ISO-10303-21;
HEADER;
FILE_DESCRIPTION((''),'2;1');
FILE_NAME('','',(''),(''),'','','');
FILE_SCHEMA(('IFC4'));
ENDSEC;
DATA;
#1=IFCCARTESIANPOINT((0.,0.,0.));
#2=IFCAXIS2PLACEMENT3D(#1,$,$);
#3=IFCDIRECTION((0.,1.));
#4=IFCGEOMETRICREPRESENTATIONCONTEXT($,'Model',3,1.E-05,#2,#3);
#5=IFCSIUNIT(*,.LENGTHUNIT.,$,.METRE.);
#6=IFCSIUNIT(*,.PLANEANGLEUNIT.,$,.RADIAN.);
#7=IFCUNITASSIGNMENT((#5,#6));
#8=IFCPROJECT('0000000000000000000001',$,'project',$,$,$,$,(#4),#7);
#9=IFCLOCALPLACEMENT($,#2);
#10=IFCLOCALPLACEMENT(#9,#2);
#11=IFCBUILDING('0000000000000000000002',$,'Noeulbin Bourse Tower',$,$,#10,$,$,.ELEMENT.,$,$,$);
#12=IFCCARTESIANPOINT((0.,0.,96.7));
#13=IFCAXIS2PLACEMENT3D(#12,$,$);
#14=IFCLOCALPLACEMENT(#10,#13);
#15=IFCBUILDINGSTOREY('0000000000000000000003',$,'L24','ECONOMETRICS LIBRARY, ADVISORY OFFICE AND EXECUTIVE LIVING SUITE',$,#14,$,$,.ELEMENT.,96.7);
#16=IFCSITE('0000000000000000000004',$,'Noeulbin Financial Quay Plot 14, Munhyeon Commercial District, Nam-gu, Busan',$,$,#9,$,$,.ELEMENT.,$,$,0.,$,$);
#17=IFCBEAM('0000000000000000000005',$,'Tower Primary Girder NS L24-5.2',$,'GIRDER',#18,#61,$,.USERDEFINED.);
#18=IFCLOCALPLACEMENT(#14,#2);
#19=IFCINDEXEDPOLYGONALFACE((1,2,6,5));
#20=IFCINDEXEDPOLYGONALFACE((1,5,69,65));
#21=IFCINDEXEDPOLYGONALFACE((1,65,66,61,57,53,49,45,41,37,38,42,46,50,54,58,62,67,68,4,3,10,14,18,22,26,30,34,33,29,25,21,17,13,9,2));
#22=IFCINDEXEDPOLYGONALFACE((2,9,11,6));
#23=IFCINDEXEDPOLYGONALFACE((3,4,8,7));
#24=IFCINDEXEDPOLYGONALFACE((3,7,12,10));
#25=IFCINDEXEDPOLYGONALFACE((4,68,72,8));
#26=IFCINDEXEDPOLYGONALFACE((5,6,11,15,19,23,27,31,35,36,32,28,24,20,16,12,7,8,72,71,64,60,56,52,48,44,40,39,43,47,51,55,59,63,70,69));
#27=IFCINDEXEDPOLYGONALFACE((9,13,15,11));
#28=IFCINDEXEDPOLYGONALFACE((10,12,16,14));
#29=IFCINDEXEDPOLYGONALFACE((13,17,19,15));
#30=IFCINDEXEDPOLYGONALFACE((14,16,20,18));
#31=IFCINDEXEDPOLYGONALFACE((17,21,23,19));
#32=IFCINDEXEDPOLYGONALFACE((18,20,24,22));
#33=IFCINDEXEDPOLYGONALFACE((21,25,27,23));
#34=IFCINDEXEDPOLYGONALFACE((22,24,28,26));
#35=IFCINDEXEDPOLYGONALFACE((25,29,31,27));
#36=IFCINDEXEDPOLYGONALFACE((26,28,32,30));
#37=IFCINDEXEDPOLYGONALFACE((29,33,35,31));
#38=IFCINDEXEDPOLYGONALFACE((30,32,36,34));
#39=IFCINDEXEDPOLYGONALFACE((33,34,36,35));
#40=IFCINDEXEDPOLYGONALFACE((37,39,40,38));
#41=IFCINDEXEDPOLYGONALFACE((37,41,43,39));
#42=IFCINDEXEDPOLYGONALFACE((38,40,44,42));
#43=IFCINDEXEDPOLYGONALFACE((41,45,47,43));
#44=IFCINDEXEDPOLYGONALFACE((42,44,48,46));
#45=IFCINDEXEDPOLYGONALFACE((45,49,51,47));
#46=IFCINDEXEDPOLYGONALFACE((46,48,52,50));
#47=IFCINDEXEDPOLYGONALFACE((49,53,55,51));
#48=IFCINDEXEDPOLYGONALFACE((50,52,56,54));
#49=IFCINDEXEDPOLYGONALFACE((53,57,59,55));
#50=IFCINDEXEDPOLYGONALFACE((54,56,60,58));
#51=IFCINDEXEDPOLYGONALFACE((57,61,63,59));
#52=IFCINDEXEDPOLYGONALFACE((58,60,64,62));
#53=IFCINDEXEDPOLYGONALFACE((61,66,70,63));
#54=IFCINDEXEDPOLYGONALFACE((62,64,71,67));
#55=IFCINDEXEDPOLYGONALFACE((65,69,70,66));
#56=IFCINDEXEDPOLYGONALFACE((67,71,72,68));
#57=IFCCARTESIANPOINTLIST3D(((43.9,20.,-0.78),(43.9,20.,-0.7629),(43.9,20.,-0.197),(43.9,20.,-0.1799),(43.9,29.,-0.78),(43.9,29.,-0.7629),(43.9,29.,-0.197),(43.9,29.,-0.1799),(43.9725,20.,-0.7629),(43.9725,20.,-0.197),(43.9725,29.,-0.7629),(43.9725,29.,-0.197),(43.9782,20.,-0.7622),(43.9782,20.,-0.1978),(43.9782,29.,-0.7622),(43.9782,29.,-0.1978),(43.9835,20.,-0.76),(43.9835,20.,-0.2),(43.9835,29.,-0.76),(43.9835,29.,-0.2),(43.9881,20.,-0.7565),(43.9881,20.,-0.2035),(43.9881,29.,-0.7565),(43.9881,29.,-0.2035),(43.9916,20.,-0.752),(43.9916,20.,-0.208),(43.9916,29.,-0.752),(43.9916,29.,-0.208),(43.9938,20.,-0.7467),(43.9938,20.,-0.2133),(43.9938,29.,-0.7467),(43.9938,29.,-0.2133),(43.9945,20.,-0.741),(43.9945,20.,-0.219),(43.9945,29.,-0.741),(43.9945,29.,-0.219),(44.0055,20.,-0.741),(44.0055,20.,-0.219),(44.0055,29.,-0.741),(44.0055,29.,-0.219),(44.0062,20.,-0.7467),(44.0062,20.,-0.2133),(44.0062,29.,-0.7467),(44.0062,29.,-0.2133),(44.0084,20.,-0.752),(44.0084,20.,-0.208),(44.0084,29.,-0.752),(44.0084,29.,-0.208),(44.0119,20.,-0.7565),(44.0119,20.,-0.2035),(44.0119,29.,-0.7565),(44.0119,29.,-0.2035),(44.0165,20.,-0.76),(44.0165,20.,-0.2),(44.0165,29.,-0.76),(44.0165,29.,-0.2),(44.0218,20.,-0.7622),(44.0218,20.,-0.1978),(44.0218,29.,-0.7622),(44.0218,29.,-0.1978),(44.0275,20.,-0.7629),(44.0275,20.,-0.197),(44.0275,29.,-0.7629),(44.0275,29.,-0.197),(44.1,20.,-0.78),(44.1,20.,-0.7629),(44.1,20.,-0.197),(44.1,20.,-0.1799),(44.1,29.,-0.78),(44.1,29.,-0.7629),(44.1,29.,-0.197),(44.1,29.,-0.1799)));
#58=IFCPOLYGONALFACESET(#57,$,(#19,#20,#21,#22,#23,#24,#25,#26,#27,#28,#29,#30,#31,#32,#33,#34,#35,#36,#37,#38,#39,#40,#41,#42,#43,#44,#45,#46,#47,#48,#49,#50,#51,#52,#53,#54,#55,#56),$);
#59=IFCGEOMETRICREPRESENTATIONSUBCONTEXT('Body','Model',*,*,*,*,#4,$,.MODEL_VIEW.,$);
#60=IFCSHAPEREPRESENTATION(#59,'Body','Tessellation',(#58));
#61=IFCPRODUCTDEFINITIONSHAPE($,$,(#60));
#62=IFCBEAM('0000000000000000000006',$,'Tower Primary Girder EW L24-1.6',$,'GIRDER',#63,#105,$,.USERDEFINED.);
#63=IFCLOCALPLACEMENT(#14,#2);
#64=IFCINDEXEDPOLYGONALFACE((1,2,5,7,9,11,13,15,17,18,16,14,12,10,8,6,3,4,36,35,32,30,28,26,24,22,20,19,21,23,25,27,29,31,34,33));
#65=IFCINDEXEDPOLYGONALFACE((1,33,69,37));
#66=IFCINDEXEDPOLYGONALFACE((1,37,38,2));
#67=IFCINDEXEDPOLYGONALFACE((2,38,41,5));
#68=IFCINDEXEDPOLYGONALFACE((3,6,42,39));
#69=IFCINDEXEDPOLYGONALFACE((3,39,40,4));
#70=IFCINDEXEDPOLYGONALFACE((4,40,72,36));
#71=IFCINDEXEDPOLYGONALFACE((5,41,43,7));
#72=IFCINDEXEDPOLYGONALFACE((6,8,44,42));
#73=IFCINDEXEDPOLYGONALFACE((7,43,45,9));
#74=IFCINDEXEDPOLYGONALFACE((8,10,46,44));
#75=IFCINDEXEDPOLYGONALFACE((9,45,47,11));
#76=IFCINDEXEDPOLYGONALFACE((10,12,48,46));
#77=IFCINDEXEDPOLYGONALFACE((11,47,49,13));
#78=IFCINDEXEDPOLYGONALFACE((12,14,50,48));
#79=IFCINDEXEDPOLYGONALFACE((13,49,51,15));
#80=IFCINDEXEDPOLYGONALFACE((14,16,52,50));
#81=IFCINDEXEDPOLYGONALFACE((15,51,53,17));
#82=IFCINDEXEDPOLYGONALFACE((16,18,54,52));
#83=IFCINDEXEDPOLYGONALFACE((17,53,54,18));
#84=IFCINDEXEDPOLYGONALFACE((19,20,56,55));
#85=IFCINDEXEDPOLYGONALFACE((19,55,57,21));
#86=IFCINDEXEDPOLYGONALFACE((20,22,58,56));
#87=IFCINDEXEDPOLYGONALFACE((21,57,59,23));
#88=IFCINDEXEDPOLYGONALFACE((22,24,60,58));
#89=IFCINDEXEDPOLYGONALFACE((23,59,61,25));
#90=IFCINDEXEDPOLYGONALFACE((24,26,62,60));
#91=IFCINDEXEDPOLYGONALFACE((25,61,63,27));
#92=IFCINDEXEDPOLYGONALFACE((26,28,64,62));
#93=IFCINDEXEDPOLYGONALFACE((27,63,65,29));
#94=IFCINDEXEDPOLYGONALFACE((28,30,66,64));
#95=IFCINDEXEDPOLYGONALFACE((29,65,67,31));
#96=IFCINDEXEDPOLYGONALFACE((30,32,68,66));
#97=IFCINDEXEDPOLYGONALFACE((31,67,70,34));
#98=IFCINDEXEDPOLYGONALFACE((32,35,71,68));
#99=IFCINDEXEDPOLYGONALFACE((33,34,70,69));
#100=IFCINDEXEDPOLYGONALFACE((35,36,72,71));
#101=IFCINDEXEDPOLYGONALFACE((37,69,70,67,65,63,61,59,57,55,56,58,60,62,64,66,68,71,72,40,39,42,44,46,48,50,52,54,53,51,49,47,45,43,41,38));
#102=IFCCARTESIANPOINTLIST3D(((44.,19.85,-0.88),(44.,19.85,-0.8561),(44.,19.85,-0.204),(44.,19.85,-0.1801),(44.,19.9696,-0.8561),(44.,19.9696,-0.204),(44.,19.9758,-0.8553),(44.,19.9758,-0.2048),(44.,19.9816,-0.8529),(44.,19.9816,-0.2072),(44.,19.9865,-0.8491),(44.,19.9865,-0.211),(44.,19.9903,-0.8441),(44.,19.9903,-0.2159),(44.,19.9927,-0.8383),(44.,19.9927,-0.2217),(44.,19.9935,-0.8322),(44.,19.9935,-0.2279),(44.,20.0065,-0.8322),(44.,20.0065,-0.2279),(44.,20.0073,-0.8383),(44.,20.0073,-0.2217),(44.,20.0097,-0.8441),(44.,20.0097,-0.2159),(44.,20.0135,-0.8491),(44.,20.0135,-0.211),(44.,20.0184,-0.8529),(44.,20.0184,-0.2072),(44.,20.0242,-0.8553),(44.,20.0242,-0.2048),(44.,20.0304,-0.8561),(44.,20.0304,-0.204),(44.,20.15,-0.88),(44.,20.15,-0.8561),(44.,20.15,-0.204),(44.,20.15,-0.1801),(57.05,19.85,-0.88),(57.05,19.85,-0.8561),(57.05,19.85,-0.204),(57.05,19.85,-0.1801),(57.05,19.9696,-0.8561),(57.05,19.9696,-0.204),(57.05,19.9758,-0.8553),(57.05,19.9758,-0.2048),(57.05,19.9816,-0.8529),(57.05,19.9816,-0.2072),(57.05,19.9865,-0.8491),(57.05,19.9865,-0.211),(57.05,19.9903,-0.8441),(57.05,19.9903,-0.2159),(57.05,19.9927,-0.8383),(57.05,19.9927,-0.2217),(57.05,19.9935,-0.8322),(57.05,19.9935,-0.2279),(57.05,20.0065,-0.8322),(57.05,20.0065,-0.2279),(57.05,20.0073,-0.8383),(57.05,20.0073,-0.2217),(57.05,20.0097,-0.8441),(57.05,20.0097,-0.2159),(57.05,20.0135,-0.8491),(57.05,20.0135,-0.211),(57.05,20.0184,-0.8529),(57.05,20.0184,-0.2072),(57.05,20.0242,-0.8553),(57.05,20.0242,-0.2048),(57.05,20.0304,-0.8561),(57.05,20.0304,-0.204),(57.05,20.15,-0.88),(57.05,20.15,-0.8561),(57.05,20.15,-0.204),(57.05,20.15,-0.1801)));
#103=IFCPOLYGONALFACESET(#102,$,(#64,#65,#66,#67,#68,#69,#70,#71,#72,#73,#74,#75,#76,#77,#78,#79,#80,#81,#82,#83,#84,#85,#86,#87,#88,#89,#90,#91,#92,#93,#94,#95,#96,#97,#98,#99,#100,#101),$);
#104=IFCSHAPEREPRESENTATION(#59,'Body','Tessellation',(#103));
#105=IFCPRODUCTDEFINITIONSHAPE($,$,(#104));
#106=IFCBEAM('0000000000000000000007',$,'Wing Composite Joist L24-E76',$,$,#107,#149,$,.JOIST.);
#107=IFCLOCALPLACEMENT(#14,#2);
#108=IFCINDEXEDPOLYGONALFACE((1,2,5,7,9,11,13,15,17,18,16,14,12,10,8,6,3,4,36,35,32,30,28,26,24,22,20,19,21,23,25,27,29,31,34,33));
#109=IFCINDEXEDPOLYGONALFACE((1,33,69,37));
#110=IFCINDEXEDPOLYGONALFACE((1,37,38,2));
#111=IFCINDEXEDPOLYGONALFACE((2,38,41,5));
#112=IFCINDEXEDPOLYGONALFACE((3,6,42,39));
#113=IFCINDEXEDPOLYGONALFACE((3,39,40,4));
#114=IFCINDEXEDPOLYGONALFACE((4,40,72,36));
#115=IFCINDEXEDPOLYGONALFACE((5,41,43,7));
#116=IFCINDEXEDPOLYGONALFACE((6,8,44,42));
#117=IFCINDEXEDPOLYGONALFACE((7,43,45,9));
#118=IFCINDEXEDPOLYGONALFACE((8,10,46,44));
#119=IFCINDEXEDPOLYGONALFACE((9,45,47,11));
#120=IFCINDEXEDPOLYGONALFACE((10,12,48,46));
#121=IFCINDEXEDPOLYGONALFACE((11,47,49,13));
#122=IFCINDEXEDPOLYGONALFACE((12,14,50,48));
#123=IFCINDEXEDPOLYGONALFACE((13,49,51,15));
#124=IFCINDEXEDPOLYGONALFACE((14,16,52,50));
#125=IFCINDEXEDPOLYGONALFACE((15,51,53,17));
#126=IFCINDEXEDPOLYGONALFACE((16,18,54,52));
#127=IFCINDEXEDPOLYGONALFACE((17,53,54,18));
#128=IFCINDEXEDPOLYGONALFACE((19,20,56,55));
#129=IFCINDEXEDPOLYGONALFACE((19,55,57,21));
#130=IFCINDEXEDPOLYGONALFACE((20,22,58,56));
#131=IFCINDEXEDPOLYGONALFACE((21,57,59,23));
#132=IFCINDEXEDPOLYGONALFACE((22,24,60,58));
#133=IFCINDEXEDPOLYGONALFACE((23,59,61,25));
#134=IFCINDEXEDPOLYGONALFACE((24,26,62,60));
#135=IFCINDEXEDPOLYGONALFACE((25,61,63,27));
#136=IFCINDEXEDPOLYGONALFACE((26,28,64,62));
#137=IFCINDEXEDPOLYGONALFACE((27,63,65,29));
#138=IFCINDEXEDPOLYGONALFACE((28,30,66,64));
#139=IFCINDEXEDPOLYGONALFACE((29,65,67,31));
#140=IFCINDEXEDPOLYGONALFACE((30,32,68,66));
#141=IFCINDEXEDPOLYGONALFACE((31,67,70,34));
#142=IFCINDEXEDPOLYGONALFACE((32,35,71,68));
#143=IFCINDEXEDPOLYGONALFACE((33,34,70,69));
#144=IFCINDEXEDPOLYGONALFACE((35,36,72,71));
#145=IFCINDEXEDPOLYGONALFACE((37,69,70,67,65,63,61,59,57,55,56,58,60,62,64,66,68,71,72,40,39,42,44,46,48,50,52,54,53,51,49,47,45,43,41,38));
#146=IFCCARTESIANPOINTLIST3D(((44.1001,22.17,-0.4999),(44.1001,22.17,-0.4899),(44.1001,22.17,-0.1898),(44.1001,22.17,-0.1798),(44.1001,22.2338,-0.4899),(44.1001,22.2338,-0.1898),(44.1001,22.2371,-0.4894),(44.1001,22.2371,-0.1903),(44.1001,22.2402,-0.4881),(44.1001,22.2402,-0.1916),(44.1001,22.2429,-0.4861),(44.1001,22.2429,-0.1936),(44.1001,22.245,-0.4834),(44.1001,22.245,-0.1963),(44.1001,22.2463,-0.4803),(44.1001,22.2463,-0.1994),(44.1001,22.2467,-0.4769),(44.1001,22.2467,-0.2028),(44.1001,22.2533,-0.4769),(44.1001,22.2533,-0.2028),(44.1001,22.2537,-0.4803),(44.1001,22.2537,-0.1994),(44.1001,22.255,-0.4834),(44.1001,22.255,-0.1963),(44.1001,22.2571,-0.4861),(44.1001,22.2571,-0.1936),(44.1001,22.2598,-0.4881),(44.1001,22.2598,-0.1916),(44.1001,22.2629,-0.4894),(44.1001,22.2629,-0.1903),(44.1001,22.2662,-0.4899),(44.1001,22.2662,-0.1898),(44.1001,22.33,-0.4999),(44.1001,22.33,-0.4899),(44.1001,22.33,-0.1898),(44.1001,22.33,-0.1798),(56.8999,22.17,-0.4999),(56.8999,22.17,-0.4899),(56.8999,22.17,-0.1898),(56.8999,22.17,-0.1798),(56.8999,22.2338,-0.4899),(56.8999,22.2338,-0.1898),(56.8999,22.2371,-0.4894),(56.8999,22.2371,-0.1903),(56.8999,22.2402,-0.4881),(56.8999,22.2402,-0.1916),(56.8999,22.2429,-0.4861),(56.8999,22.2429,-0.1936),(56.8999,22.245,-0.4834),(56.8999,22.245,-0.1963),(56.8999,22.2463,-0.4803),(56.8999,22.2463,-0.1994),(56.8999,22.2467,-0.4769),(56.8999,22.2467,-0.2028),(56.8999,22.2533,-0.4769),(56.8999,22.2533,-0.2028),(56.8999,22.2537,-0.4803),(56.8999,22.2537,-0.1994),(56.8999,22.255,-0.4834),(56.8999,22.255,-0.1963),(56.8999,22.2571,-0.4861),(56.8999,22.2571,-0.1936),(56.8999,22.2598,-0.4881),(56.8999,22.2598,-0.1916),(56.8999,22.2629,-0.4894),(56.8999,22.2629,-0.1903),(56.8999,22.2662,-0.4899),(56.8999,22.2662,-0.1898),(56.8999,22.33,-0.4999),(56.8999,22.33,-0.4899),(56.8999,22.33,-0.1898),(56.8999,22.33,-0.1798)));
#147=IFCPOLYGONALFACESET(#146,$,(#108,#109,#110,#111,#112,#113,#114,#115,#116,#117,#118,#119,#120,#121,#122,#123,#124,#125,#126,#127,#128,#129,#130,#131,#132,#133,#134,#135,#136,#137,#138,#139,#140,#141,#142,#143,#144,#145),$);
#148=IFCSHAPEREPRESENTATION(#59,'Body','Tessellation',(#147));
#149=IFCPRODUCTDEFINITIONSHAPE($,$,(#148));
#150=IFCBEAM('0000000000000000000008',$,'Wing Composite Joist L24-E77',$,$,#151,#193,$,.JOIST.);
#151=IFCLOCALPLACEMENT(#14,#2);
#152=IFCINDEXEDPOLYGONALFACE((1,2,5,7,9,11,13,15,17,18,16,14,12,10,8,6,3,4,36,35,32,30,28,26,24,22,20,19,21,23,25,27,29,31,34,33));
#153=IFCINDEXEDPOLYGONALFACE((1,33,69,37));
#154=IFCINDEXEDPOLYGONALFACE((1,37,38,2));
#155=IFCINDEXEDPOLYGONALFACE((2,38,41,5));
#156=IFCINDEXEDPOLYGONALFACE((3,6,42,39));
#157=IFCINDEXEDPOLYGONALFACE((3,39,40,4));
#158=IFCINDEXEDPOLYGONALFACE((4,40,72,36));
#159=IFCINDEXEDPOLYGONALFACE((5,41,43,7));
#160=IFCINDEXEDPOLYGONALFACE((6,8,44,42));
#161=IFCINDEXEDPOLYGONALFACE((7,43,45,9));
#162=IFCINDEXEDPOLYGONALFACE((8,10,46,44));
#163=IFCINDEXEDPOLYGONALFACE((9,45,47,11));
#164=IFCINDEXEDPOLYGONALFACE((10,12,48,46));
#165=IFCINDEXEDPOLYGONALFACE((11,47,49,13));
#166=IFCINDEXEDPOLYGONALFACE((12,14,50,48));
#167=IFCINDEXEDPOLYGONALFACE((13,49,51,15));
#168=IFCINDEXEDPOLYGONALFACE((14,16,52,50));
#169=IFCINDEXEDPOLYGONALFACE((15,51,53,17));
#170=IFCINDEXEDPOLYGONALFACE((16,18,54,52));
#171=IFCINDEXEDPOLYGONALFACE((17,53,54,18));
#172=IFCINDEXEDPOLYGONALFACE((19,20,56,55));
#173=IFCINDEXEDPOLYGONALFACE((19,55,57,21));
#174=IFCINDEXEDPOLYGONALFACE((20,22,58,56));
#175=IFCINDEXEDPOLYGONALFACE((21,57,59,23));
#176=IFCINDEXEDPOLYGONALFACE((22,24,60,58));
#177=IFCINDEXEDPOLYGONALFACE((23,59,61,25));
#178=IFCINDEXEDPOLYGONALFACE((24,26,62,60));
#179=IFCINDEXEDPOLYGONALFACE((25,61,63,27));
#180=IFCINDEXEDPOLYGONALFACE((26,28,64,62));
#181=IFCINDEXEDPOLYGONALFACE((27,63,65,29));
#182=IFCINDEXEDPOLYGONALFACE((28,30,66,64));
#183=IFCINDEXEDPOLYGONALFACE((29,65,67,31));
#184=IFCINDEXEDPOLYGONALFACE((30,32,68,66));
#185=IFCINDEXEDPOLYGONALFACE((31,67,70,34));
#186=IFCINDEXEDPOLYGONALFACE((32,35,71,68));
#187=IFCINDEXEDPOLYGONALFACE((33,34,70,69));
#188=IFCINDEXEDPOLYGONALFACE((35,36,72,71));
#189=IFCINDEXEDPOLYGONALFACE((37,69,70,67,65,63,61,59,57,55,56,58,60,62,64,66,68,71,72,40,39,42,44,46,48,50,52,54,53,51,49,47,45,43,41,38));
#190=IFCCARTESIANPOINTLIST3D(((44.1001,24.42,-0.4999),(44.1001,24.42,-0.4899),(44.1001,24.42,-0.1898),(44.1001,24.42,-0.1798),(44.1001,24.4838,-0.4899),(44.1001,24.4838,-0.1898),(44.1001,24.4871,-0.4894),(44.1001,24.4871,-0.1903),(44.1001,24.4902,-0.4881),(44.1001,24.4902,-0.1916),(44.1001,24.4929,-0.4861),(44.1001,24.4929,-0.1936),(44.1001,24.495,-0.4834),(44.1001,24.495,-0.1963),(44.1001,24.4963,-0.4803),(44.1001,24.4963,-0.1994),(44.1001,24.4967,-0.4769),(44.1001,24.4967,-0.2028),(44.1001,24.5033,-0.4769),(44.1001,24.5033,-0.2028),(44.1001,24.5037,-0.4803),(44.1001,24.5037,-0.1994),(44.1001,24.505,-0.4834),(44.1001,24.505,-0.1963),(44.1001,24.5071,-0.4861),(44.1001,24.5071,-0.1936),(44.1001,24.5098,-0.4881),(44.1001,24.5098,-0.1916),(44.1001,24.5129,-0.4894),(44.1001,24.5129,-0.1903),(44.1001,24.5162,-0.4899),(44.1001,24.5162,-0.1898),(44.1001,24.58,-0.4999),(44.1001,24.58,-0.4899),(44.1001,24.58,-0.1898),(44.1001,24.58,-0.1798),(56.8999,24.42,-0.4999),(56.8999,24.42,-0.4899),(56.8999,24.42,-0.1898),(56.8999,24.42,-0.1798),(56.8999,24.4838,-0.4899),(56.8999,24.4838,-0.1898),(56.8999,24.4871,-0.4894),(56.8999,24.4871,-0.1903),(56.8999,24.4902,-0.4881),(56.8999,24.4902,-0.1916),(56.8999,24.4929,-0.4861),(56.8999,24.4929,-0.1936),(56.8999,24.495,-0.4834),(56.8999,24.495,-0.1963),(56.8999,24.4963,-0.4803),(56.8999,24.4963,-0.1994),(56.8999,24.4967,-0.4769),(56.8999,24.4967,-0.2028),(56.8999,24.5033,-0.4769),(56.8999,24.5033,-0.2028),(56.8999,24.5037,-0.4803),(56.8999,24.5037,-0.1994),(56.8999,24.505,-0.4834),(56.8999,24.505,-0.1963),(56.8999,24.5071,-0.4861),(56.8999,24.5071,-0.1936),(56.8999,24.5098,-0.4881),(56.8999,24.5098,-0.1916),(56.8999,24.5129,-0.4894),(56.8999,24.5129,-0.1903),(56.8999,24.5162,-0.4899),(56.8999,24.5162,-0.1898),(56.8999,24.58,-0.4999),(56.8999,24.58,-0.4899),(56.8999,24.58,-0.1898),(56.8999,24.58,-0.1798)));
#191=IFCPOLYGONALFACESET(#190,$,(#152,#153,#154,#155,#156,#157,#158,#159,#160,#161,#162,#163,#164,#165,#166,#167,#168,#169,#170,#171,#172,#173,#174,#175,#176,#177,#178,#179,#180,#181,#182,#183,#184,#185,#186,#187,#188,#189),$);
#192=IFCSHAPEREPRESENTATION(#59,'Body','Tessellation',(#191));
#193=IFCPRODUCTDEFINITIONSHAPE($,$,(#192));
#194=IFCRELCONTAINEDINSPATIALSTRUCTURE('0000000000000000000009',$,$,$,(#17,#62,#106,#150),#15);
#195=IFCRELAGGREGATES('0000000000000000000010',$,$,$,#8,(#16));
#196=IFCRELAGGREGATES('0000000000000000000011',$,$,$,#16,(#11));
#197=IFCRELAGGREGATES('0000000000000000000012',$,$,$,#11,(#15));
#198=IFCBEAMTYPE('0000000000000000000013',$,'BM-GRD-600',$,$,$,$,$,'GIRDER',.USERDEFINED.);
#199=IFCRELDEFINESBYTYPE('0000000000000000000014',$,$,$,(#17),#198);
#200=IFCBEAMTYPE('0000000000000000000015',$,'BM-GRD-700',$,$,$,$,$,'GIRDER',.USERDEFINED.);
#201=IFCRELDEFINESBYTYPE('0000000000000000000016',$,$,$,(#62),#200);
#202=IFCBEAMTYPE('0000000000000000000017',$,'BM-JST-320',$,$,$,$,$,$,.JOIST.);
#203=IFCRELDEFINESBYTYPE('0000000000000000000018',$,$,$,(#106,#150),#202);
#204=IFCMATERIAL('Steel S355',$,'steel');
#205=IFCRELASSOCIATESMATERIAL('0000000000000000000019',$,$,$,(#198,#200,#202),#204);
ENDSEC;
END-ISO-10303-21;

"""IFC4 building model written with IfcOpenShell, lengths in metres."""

from ifc_helpers import new_model, si_unit, direction, frame, origin, origin_2d, place, context, subcontext, project, spatial, i_section, extrude, material, material_profile, profile_set, type_object, element, save


model = new_model("IFC4")

# Units and contexts
model_context = context("Model", 3, precision=1e-05, world=origin(), true_north=direction((0.0, 1.0)))
body_context = subcontext(model_context, "Body", "Model", "MODEL_VIEW")
ifc_project = project(units=[si_unit("LENGTHUNIT", "METRE"), si_unit("PLANEANGLEUNIT", "RADIAN")], contexts=[model_context])

# Site, building, storey
site_placement = place(None, origin())
site = spatial("IfcSite", under=ifc_project, at=site_placement, Name="Noeulbin Financial Quay Plot 14, Munhyeon Commercial District, Nam-gu, Busan", CompositionType="ELEMENT", RefElevation=0.0)
building_placement = place(site_placement, origin())
building = spatial("IfcBuilding", under=site, at=building_placement, Name="Noeulbin Bourse Tower", CompositionType="ELEMENT")
storey_placement = place(building_placement, frame((0.0, 0.0, 96.7)))
storey = spatial("IfcBuildingStorey", under=building, at=storey_placement, Name="L24", Description="ECONOMETRICS LIBRARY, ADVISORY OFFICE AND EXECUTIVE LIVING SUITE", CompositionType="ELEMENT", Elevation=96.7)

# Beams
ifc_material_1 = material(Name="Steel S355", Category="steel")
ifc_material_profile_1 = material_profile(ifc_material_1, i_section(OverallWidth=0.2, OverallDepth=0.6001, WebThickness=0.011, FlangeThickness=0.0171, FilletRadius=0.022, at=origin_2d()), Name="H-600x200x11x17", Category="LoadBearing")
ifc_profile_set_1 = profile_set([ifc_material_profile_1], Name="Steel S355")
beam_type_1 = type_object("IfcBeamType", Name="BM-GRD-600", ElementType="GIRDER", PredefinedType="USERDEFINED", material=ifc_profile_set_1)
beam_1_placement = place(storey_placement, frame((44.0, 20.0, -0.48), z_axis=(0.0, 1.0, 0.0), x_axis=(-1.0, 0.0, 0.0)))
element("IfcBeam", 1, at=beam_1_placement, inside=storey, type_object=beam_type_1, Name="Tower Primary Girder NS L24-5.2", ObjectType="GIRDER", PredefinedType="USERDEFINED", context=body_context, shape_type="SweptSolid", body=[
    extrude(i_section(OverallWidth=0.2, OverallDepth=0.6001, WebThickness=0.011, FlangeThickness=0.0171, FilletRadius=0.022, at=origin_2d()), origin(), (0.0, 0.0, 1.0), 9.0),
])
ifc_material_profile_2 = material_profile(ifc_material_1, i_section(OverallWidth=0.3, OverallDepth=0.7, WebThickness=0.0129, FlangeThickness=0.0239, FilletRadius=0.0239, at=origin_2d()), Name="H-700x300x13x24", Category="LoadBearing")
ifc_profile_set_2 = profile_set([ifc_material_profile_2], Name="Steel S355")
beam_type_2 = type_object("IfcBeamType", Name="BM-GRD-700", ElementType="GIRDER", PredefinedType="USERDEFINED", material=ifc_profile_set_2)
beam_2_placement = place(storey_placement, frame((44.0, 20.0, -0.53), z_axis=(1.0, 0.0, 0.0), x_axis=(0.0, 1.0, 0.0)))
element("IfcBeam", 2, at=beam_2_placement, inside=storey, type_object=beam_type_2, Name="Tower Primary Girder EW L24-1.6", ObjectType="GIRDER", PredefinedType="USERDEFINED", context=body_context, shape_type="SweptSolid", body=[
    extrude(i_section(OverallWidth=0.3, OverallDepth=0.7, WebThickness=0.0129, FlangeThickness=0.0239, FilletRadius=0.0239, at=origin_2d()), origin(), (0.0, 0.0, 1.0), 13.05),
])
ifc_material_profile_3 = material_profile(ifc_material_1, i_section(OverallWidth=0.1599, OverallDepth=0.3201, WebThickness=0.0066, FlangeThickness=0.01, FilletRadius=0.0129, at=origin_2d()), Name="H-320x160x6.5x10", Category="LoadBearing")
ifc_profile_set_3 = profile_set([ifc_material_profile_3], Name="Steel S355")
beam_type_3 = type_object("IfcBeamType", Name="BM-JST-320", PredefinedType="JOIST", material=ifc_profile_set_3)
for number, where, z_axis, x_axis, name in (
    (3, (44.1001, 22.25, -0.3398), (1.0, 0.0, 0.0), (0.0, 1.0, 0.0), "Wing Composite Joist L24-E76"),
    (4, (44.1001, 24.5, -0.3398), (1.0, 0.0, 0.0), (0.0, 1.0, 0.0), "Wing Composite Joist L24-E77"),
):
    element("IfcBeam", number, at=place(storey_placement, frame(where, z_axis=z_axis, x_axis=x_axis)), inside=storey, type_object=beam_type_3, Name=name, PredefinedType="JOIST", context=body_context, shape_type="SweptSolid", body=[
        extrude(i_section(OverallWidth=0.1599, OverallDepth=0.3201, WebThickness=0.0066, FlangeThickness=0.01, FilletRadius=0.0129, at=origin_2d()), origin(), (0.0, 0.0, 1.0), 12.7998),
    ])

save(model, "model.ifc")
